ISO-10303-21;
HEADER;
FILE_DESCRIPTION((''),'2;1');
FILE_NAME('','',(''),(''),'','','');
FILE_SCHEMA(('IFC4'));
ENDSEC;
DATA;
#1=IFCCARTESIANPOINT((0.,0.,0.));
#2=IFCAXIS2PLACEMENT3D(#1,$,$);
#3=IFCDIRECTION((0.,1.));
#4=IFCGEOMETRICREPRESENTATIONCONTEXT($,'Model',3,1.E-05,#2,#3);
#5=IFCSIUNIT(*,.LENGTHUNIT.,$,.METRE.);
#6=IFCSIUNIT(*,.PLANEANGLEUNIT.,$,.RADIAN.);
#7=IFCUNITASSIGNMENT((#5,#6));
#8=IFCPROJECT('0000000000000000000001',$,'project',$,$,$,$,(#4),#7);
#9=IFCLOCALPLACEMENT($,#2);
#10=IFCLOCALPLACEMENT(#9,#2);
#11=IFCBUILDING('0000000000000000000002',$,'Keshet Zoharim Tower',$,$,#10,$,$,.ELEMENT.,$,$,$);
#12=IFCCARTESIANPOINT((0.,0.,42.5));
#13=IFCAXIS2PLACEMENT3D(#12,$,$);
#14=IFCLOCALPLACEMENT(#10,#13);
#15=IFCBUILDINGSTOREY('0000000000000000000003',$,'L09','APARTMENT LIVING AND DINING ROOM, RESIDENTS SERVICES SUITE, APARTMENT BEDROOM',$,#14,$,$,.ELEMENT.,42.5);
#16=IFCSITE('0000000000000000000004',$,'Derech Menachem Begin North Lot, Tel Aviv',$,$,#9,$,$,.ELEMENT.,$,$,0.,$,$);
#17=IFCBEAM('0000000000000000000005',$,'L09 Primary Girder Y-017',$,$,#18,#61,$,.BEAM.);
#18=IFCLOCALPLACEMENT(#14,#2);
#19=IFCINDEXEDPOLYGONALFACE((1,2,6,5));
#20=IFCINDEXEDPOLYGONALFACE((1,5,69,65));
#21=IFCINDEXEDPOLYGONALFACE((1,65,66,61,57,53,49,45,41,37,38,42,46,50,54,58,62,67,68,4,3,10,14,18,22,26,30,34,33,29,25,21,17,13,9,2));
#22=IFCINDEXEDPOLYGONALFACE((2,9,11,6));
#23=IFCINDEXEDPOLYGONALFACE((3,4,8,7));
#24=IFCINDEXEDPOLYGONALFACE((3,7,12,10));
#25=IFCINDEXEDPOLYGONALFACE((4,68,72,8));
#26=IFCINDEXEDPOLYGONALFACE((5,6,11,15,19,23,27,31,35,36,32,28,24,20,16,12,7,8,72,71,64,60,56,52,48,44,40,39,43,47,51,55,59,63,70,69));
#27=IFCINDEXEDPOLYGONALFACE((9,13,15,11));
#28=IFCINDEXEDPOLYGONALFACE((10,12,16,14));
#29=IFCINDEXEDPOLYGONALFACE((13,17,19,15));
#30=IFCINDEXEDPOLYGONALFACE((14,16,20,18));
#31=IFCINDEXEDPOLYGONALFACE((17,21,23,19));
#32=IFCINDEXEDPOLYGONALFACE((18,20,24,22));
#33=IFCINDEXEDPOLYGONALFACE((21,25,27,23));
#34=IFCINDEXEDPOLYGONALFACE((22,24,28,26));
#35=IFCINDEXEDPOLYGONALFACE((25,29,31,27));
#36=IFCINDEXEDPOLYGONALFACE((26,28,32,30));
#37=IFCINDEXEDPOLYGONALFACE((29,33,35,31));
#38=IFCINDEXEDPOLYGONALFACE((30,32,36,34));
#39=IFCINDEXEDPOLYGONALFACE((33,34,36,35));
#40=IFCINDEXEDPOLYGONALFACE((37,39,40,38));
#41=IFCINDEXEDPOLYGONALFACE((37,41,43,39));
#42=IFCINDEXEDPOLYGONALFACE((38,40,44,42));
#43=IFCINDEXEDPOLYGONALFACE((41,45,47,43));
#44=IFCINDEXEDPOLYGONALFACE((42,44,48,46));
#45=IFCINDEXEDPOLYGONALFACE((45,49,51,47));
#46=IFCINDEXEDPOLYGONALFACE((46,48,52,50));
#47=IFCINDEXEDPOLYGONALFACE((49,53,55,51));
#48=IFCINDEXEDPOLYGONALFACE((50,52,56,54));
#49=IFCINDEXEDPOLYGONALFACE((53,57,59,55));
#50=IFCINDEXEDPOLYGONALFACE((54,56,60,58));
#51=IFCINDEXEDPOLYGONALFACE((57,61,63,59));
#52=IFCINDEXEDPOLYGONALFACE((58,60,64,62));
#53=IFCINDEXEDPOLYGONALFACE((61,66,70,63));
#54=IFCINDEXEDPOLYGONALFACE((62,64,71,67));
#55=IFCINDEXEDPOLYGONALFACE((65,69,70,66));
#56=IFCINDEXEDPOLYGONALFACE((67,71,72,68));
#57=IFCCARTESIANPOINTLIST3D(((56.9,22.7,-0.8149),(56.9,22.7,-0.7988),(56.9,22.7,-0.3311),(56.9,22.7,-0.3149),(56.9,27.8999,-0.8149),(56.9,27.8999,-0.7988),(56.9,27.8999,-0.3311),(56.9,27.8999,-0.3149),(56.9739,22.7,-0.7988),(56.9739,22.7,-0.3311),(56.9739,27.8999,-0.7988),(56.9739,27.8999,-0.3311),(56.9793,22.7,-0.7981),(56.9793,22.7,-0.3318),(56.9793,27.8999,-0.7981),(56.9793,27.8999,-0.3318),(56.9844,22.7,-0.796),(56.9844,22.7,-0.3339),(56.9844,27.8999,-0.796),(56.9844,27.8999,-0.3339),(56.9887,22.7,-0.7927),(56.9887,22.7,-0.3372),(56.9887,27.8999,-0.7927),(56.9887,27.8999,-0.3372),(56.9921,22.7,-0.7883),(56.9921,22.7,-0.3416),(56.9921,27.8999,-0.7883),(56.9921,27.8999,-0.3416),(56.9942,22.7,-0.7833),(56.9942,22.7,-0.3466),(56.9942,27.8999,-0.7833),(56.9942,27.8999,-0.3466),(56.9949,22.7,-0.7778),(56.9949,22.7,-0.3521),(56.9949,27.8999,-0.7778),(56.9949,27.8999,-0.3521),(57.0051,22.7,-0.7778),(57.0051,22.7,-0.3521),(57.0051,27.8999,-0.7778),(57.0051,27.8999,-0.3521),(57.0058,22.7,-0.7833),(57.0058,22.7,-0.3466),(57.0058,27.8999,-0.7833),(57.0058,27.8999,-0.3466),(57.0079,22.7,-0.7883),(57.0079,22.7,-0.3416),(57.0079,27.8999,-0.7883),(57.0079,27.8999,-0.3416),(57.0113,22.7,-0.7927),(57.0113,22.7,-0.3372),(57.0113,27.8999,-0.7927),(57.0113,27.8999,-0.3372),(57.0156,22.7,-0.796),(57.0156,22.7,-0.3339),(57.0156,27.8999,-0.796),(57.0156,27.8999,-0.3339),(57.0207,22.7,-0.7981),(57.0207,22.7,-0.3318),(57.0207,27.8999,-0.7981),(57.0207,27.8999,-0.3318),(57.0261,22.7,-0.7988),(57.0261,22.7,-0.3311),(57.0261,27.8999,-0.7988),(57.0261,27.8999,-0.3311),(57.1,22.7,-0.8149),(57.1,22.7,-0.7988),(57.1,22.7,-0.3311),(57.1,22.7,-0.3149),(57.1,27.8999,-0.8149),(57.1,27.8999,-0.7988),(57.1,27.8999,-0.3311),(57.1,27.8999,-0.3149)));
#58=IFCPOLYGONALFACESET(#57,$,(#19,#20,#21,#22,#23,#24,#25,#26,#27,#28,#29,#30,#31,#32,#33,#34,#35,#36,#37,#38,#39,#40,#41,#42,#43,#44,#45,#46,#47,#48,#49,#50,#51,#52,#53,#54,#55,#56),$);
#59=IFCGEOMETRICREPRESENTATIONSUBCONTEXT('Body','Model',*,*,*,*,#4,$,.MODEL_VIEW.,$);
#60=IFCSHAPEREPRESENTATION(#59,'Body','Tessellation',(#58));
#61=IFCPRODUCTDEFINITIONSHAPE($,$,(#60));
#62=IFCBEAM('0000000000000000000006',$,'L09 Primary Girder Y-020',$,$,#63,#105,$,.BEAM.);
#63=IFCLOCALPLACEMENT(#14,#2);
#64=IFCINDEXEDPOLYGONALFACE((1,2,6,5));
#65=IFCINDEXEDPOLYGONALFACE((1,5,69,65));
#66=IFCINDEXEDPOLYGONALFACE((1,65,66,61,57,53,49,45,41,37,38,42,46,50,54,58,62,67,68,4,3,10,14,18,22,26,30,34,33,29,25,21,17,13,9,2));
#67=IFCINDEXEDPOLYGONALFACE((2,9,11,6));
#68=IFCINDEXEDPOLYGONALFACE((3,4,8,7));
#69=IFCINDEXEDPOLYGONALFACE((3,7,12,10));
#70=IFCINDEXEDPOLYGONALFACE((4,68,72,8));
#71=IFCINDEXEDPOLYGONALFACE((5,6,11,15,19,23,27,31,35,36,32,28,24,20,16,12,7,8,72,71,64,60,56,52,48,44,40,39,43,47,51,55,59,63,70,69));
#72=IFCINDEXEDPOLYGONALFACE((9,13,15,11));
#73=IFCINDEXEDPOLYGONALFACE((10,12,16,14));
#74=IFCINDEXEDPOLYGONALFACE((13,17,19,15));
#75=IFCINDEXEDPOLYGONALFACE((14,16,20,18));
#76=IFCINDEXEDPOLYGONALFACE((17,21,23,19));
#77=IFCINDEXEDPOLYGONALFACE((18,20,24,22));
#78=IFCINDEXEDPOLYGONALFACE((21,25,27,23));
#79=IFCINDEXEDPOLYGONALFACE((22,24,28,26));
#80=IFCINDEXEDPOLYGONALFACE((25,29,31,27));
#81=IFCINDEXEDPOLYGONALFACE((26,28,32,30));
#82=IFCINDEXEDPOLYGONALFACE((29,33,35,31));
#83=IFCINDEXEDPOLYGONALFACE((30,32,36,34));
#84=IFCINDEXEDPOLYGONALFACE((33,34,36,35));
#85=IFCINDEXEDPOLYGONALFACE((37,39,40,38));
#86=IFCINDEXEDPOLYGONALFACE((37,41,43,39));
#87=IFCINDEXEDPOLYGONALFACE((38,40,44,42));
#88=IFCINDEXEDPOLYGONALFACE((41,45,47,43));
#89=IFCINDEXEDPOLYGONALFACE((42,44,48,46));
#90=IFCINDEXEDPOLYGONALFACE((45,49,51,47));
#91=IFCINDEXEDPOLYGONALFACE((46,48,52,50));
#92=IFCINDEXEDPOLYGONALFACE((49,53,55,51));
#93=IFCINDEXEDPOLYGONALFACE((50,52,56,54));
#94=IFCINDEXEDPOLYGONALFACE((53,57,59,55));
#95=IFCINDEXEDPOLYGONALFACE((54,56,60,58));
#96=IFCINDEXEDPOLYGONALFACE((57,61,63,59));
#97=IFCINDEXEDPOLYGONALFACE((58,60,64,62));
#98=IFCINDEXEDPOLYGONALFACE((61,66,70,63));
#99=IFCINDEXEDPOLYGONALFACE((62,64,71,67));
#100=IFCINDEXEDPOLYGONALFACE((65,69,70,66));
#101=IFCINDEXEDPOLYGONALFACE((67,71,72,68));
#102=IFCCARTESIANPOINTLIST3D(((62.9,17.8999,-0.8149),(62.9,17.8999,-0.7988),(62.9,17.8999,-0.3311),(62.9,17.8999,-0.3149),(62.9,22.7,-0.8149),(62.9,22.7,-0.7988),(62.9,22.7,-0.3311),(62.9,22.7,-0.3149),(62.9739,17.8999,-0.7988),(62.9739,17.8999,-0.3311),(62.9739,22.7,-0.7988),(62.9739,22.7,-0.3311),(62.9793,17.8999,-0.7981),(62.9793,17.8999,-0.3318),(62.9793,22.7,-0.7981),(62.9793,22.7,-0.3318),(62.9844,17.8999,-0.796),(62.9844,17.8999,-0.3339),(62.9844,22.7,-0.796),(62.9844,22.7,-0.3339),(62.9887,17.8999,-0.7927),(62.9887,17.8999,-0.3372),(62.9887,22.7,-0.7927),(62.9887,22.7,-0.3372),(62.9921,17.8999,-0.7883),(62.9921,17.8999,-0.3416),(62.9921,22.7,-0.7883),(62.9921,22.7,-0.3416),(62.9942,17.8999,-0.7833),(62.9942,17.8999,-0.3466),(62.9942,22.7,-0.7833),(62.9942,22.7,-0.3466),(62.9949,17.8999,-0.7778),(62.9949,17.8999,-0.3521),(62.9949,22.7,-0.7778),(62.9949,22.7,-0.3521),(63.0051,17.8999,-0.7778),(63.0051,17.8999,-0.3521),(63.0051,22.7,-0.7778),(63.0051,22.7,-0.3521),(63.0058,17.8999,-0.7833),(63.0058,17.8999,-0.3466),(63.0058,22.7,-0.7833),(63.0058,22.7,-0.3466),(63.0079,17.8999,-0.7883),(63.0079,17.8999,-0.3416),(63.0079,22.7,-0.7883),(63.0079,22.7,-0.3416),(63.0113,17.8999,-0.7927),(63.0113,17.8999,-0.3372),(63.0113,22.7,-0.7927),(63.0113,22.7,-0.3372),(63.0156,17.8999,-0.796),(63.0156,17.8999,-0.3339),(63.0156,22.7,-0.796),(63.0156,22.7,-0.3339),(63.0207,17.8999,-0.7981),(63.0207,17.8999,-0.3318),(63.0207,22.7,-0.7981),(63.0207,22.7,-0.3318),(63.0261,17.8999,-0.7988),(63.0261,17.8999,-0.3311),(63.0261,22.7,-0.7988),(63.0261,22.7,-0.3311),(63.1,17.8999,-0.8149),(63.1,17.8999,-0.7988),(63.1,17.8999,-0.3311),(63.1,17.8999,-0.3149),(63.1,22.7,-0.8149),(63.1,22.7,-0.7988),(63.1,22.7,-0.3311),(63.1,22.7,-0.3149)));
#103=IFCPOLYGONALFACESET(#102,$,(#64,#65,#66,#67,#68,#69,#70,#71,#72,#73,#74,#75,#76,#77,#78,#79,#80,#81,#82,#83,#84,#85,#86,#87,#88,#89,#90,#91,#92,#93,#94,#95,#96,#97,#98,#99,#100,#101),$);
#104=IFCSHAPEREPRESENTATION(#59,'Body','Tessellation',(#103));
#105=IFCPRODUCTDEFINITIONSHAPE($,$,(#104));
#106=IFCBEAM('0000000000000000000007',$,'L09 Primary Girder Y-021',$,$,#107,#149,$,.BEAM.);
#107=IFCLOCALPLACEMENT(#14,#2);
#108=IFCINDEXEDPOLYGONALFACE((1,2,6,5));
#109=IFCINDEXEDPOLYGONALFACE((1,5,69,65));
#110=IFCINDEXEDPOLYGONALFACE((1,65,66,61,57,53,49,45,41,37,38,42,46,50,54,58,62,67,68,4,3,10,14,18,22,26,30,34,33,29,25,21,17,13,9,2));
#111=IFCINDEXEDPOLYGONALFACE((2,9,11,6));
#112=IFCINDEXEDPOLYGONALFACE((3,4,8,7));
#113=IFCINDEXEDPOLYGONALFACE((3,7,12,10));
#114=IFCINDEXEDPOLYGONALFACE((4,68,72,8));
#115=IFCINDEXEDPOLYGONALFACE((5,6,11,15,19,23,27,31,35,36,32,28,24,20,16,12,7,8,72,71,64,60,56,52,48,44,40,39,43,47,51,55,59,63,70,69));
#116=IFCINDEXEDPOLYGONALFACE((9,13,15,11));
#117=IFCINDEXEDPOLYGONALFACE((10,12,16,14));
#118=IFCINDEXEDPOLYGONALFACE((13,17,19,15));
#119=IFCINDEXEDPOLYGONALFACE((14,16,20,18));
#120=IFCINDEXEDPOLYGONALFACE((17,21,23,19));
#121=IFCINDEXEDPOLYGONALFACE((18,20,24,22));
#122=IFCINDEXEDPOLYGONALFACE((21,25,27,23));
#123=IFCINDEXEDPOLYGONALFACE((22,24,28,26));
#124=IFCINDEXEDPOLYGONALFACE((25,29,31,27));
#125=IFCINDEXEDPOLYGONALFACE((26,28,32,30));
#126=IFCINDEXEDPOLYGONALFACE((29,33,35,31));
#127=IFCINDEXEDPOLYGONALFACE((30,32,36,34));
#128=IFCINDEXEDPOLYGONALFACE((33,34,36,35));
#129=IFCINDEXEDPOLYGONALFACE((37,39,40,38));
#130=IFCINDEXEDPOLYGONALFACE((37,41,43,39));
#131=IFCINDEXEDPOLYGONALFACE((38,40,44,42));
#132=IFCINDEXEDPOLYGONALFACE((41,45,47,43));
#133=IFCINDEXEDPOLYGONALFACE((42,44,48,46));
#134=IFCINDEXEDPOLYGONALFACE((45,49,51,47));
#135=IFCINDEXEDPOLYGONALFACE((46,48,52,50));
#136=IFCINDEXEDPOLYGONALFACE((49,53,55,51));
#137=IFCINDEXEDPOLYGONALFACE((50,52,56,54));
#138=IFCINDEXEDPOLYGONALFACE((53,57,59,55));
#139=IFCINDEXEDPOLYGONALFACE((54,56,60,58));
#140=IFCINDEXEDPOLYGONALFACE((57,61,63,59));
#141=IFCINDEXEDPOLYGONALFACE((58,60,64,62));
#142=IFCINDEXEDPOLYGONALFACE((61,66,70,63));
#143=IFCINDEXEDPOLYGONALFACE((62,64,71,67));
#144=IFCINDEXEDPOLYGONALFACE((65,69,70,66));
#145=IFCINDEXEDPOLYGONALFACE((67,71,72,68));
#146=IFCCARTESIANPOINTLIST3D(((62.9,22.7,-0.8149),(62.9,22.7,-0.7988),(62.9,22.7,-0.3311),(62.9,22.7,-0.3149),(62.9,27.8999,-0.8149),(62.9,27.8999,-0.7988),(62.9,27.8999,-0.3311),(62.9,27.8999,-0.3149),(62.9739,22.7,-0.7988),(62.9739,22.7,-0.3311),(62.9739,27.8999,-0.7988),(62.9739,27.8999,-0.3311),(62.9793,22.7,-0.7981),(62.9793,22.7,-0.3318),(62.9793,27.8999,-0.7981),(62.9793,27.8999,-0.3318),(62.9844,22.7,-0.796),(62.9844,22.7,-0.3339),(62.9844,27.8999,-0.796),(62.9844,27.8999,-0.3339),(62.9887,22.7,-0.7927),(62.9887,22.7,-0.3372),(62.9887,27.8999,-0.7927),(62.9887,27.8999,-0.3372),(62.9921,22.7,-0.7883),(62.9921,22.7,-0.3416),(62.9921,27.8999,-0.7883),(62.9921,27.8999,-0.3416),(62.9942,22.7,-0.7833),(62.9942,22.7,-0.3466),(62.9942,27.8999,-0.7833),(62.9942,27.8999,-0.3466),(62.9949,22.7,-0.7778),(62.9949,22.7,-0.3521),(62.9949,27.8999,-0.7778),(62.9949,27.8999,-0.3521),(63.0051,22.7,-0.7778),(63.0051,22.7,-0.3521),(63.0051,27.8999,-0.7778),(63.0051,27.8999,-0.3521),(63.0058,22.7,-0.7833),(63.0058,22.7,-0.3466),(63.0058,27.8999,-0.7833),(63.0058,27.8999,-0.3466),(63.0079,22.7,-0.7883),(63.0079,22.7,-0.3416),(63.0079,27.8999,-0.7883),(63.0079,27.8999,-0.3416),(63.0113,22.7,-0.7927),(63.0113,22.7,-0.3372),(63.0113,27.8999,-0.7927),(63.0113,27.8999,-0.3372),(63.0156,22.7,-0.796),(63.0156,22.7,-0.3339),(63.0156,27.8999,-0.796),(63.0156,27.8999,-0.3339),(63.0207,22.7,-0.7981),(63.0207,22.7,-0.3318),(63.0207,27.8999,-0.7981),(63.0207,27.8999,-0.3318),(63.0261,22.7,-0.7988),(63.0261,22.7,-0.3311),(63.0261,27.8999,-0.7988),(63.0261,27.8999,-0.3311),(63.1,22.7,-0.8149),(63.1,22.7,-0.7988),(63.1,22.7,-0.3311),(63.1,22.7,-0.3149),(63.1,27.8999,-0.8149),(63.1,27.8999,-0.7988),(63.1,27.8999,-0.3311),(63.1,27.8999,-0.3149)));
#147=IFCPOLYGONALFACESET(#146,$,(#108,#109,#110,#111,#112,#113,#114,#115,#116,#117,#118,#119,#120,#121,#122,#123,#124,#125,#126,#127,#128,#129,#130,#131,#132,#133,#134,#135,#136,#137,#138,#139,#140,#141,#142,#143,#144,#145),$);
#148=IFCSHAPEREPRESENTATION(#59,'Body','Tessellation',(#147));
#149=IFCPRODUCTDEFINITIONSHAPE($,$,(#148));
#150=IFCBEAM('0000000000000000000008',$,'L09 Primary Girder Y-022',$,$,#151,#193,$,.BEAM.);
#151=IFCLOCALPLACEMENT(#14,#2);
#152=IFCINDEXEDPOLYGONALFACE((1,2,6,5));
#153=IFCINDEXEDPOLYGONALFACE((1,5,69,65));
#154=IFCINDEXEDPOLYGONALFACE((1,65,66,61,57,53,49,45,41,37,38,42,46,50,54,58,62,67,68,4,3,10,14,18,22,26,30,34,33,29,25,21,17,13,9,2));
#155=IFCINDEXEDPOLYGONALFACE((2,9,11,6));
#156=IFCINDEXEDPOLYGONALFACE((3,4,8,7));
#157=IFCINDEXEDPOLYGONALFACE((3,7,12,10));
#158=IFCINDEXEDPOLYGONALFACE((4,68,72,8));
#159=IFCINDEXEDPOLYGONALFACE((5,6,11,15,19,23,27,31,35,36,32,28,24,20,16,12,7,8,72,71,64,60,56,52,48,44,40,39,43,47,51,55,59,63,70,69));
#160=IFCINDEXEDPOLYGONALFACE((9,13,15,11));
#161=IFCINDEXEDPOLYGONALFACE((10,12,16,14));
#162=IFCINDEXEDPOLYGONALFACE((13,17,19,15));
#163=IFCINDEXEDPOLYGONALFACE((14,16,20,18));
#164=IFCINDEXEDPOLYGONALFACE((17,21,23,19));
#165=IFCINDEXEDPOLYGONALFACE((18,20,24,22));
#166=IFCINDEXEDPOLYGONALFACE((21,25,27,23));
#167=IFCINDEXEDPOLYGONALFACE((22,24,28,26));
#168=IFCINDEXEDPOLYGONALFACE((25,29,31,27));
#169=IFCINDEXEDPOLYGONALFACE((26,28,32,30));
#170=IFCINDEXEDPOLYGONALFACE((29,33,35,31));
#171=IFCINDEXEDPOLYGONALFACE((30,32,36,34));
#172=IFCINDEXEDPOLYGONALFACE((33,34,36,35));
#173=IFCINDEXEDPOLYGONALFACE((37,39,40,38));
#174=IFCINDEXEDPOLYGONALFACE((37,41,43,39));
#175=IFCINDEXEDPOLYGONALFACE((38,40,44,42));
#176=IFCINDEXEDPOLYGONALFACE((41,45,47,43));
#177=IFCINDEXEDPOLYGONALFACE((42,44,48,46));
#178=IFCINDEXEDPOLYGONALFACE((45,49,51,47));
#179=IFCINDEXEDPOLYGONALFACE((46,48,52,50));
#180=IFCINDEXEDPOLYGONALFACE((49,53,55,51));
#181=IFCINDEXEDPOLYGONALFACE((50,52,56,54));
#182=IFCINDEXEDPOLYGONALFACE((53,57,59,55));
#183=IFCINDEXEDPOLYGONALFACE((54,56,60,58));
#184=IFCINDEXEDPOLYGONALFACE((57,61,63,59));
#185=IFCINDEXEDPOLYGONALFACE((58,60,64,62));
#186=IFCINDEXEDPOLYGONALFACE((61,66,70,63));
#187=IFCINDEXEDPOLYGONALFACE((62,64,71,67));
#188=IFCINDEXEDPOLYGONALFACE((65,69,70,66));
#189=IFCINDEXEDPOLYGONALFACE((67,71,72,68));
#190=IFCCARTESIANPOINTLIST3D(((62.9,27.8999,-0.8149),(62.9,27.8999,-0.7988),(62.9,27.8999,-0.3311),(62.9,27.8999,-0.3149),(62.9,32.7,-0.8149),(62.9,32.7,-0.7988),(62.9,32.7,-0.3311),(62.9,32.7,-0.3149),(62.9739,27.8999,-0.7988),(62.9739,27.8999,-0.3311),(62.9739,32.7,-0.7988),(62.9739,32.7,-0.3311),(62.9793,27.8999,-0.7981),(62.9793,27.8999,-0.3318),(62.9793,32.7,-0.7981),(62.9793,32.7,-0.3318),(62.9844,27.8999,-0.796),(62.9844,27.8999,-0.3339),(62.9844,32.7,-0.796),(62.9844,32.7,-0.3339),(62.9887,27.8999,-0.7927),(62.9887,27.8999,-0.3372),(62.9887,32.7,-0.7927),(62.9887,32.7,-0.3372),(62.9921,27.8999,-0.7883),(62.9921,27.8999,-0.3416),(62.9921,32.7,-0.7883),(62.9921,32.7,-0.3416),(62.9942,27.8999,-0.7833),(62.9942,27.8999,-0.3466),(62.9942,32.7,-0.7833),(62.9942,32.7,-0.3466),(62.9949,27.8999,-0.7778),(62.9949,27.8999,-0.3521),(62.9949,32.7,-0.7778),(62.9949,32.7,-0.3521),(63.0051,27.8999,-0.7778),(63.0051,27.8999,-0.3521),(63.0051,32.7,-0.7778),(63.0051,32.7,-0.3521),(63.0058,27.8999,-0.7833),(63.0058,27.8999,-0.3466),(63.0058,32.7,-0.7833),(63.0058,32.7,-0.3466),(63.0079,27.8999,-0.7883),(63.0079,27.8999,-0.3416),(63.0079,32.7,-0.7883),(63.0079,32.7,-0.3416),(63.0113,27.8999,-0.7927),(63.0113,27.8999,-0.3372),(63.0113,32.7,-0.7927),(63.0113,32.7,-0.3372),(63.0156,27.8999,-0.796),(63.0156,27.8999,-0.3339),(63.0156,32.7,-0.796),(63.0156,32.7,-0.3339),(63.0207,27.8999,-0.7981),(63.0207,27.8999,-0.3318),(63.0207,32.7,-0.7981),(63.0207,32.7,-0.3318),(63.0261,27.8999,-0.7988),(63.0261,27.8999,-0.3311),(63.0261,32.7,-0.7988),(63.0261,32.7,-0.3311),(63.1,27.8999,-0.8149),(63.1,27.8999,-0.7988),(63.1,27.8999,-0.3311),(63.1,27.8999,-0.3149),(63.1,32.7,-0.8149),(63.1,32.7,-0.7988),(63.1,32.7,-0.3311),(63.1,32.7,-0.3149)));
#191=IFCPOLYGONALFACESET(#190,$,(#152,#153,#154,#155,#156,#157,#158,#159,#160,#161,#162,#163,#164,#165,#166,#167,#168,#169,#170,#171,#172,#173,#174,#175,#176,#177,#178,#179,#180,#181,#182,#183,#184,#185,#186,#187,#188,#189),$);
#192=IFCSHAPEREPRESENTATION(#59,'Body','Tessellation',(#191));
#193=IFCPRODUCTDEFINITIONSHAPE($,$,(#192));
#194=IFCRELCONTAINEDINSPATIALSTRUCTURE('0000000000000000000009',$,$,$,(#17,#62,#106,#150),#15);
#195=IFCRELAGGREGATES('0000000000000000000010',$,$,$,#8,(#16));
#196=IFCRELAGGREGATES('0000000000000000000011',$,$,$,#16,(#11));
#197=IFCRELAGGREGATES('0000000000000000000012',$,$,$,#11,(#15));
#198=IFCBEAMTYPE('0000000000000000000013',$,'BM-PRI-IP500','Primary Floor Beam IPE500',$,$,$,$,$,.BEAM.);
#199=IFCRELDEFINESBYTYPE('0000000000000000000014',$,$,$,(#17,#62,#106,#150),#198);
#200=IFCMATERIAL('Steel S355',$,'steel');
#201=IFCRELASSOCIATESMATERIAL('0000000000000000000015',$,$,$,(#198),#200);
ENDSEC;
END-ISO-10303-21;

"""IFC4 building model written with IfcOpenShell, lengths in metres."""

from ifc_helpers import new_model, si_unit, direction, frame, origin, origin_2d, place, context, subcontext, project, spatial, i_section, extrude, material, material_profile, profile_set, type_object, element, save


model = new_model("IFC4")

# Units and contexts
model_context = context("Model", 3, precision=1e-05, world=origin(), true_north=direction((0.0, 1.0)))
body_context = subcontext(model_context, "Body", "Model", "MODEL_VIEW")
ifc_project = project(units=[si_unit("LENGTHUNIT", "METRE"), si_unit("PLANEANGLEUNIT", "RADIAN")], contexts=[model_context])

# Site, building, storey
site_placement = place(None, origin())
site = spatial("IfcSite", under=ifc_project, at=site_placement, Name="Derech Menachem Begin North Lot, Tel Aviv", CompositionType="ELEMENT", RefElevation=0.0)
building_placement = place(site_placement, origin())
building = spatial("IfcBuilding", under=site, at=building_placement, Name="Keshet Zoharim Tower", CompositionType="ELEMENT")
storey_placement = place(building_placement, frame((0.0, 0.0, 42.5)))
storey = spatial("IfcBuildingStorey", under=building, at=storey_placement, Name="L09", Description="APARTMENT LIVING AND DINING ROOM, RESIDENTS SERVICES SUITE, APARTMENT BEDROOM", CompositionType="ELEMENT", Elevation=42.5)

# Shared definitions
ifc_material_1 = material(Name="Steel S355", Category="steel")

# Beams
ifc_material_profile_1 = material_profile(ifc_material_1, i_section(OverallWidth=0.2, OverallDepth=0.5, WebThickness=0.0103, FlangeThickness=0.0161, FilletRadius=0.021, at=origin_2d()), Name="IPE500")
ifc_profile_set_1 = profile_set([ifc_material_profile_1], Name="Steel S355")
beam_type_1 = type_object("IfcBeamType", Name="BM-PRI-IP500", Description="Primary Floor Beam IPE500", PredefinedType="BEAM", material=ifc_profile_set_1)
beam_1_placement = place(storey_placement, frame((57.0, 22.7, -0.5649), z_axis=(0.0, 1.0, 0.0), x_axis=(-1.0, 0.0, 0.0)))
element("IfcBeam", 1, at=beam_1_placement, inside=storey, type_object=beam_type_1, Name="L09 Primary Girder Y-017", PredefinedType="BEAM", context=body_context, shape_type="SweptSolid", body=[
    extrude(i_section(OverallWidth=0.2, OverallDepth=0.5, WebThickness=0.0103, FlangeThickness=0.0161, FilletRadius=0.021, at=origin_2d()), origin(), (0.0, 0.0, 1.0), 5.2),
])
beam_2_placement = place(storey_placement, frame((63.0, 17.8999, -0.5649), z_axis=(0.0, 1.0, 0.0), x_axis=(-1.0, 0.0, 0.0)))
element("IfcBeam", 2, at=beam_2_placement, inside=storey, type_object=beam_type_1, Name="L09 Primary Girder Y-020", PredefinedType="BEAM", context=body_context, shape_type="SweptSolid", body=[
    extrude(i_section(OverallWidth=0.2, OverallDepth=0.5, WebThickness=0.0103, FlangeThickness=0.0161, FilletRadius=0.021, at=origin_2d()), origin(), (0.0, 0.0, 1.0), 4.8),
])
beam_3_placement = place(storey_placement, frame((63.0, 22.7, -0.5649), z_axis=(0.0, 1.0, 0.0), x_axis=(-1.0, 0.0, 0.0)))
element("IfcBeam", 3, at=beam_3_placement, inside=storey, type_object=beam_type_1, Name="L09 Primary Girder Y-021", PredefinedType="BEAM", context=body_context, shape_type="SweptSolid", body=[
    extrude(i_section(OverallWidth=0.2, OverallDepth=0.5, WebThickness=0.0103, FlangeThickness=0.0161, FilletRadius=0.021, at=origin_2d()), origin(), (0.0, 0.0, 1.0), 5.2),
])
for number, where, z_axis, x_axis, name in (
    (4, (63.0, 27.8999, -0.5649), (0.0, 1.0, 0.0), (-1.0, 0.0, 0.0), "L09 Primary Girder Y-022"),
):
    element("IfcBeam", number, at=place(storey_placement, frame(where, z_axis=z_axis, x_axis=x_axis)), inside=storey, type_object=beam_type_1, Name=name, PredefinedType="BEAM", context=body_context, shape_type="SweptSolid", body=[
        extrude(i_section(OverallWidth=0.2, OverallDepth=0.5, WebThickness=0.0103, FlangeThickness=0.0161, FilletRadius=0.021, at=origin_2d()), origin(), (0.0, 0.0, 1.0), 4.8),
    ])

save(model, "model.ifc")
